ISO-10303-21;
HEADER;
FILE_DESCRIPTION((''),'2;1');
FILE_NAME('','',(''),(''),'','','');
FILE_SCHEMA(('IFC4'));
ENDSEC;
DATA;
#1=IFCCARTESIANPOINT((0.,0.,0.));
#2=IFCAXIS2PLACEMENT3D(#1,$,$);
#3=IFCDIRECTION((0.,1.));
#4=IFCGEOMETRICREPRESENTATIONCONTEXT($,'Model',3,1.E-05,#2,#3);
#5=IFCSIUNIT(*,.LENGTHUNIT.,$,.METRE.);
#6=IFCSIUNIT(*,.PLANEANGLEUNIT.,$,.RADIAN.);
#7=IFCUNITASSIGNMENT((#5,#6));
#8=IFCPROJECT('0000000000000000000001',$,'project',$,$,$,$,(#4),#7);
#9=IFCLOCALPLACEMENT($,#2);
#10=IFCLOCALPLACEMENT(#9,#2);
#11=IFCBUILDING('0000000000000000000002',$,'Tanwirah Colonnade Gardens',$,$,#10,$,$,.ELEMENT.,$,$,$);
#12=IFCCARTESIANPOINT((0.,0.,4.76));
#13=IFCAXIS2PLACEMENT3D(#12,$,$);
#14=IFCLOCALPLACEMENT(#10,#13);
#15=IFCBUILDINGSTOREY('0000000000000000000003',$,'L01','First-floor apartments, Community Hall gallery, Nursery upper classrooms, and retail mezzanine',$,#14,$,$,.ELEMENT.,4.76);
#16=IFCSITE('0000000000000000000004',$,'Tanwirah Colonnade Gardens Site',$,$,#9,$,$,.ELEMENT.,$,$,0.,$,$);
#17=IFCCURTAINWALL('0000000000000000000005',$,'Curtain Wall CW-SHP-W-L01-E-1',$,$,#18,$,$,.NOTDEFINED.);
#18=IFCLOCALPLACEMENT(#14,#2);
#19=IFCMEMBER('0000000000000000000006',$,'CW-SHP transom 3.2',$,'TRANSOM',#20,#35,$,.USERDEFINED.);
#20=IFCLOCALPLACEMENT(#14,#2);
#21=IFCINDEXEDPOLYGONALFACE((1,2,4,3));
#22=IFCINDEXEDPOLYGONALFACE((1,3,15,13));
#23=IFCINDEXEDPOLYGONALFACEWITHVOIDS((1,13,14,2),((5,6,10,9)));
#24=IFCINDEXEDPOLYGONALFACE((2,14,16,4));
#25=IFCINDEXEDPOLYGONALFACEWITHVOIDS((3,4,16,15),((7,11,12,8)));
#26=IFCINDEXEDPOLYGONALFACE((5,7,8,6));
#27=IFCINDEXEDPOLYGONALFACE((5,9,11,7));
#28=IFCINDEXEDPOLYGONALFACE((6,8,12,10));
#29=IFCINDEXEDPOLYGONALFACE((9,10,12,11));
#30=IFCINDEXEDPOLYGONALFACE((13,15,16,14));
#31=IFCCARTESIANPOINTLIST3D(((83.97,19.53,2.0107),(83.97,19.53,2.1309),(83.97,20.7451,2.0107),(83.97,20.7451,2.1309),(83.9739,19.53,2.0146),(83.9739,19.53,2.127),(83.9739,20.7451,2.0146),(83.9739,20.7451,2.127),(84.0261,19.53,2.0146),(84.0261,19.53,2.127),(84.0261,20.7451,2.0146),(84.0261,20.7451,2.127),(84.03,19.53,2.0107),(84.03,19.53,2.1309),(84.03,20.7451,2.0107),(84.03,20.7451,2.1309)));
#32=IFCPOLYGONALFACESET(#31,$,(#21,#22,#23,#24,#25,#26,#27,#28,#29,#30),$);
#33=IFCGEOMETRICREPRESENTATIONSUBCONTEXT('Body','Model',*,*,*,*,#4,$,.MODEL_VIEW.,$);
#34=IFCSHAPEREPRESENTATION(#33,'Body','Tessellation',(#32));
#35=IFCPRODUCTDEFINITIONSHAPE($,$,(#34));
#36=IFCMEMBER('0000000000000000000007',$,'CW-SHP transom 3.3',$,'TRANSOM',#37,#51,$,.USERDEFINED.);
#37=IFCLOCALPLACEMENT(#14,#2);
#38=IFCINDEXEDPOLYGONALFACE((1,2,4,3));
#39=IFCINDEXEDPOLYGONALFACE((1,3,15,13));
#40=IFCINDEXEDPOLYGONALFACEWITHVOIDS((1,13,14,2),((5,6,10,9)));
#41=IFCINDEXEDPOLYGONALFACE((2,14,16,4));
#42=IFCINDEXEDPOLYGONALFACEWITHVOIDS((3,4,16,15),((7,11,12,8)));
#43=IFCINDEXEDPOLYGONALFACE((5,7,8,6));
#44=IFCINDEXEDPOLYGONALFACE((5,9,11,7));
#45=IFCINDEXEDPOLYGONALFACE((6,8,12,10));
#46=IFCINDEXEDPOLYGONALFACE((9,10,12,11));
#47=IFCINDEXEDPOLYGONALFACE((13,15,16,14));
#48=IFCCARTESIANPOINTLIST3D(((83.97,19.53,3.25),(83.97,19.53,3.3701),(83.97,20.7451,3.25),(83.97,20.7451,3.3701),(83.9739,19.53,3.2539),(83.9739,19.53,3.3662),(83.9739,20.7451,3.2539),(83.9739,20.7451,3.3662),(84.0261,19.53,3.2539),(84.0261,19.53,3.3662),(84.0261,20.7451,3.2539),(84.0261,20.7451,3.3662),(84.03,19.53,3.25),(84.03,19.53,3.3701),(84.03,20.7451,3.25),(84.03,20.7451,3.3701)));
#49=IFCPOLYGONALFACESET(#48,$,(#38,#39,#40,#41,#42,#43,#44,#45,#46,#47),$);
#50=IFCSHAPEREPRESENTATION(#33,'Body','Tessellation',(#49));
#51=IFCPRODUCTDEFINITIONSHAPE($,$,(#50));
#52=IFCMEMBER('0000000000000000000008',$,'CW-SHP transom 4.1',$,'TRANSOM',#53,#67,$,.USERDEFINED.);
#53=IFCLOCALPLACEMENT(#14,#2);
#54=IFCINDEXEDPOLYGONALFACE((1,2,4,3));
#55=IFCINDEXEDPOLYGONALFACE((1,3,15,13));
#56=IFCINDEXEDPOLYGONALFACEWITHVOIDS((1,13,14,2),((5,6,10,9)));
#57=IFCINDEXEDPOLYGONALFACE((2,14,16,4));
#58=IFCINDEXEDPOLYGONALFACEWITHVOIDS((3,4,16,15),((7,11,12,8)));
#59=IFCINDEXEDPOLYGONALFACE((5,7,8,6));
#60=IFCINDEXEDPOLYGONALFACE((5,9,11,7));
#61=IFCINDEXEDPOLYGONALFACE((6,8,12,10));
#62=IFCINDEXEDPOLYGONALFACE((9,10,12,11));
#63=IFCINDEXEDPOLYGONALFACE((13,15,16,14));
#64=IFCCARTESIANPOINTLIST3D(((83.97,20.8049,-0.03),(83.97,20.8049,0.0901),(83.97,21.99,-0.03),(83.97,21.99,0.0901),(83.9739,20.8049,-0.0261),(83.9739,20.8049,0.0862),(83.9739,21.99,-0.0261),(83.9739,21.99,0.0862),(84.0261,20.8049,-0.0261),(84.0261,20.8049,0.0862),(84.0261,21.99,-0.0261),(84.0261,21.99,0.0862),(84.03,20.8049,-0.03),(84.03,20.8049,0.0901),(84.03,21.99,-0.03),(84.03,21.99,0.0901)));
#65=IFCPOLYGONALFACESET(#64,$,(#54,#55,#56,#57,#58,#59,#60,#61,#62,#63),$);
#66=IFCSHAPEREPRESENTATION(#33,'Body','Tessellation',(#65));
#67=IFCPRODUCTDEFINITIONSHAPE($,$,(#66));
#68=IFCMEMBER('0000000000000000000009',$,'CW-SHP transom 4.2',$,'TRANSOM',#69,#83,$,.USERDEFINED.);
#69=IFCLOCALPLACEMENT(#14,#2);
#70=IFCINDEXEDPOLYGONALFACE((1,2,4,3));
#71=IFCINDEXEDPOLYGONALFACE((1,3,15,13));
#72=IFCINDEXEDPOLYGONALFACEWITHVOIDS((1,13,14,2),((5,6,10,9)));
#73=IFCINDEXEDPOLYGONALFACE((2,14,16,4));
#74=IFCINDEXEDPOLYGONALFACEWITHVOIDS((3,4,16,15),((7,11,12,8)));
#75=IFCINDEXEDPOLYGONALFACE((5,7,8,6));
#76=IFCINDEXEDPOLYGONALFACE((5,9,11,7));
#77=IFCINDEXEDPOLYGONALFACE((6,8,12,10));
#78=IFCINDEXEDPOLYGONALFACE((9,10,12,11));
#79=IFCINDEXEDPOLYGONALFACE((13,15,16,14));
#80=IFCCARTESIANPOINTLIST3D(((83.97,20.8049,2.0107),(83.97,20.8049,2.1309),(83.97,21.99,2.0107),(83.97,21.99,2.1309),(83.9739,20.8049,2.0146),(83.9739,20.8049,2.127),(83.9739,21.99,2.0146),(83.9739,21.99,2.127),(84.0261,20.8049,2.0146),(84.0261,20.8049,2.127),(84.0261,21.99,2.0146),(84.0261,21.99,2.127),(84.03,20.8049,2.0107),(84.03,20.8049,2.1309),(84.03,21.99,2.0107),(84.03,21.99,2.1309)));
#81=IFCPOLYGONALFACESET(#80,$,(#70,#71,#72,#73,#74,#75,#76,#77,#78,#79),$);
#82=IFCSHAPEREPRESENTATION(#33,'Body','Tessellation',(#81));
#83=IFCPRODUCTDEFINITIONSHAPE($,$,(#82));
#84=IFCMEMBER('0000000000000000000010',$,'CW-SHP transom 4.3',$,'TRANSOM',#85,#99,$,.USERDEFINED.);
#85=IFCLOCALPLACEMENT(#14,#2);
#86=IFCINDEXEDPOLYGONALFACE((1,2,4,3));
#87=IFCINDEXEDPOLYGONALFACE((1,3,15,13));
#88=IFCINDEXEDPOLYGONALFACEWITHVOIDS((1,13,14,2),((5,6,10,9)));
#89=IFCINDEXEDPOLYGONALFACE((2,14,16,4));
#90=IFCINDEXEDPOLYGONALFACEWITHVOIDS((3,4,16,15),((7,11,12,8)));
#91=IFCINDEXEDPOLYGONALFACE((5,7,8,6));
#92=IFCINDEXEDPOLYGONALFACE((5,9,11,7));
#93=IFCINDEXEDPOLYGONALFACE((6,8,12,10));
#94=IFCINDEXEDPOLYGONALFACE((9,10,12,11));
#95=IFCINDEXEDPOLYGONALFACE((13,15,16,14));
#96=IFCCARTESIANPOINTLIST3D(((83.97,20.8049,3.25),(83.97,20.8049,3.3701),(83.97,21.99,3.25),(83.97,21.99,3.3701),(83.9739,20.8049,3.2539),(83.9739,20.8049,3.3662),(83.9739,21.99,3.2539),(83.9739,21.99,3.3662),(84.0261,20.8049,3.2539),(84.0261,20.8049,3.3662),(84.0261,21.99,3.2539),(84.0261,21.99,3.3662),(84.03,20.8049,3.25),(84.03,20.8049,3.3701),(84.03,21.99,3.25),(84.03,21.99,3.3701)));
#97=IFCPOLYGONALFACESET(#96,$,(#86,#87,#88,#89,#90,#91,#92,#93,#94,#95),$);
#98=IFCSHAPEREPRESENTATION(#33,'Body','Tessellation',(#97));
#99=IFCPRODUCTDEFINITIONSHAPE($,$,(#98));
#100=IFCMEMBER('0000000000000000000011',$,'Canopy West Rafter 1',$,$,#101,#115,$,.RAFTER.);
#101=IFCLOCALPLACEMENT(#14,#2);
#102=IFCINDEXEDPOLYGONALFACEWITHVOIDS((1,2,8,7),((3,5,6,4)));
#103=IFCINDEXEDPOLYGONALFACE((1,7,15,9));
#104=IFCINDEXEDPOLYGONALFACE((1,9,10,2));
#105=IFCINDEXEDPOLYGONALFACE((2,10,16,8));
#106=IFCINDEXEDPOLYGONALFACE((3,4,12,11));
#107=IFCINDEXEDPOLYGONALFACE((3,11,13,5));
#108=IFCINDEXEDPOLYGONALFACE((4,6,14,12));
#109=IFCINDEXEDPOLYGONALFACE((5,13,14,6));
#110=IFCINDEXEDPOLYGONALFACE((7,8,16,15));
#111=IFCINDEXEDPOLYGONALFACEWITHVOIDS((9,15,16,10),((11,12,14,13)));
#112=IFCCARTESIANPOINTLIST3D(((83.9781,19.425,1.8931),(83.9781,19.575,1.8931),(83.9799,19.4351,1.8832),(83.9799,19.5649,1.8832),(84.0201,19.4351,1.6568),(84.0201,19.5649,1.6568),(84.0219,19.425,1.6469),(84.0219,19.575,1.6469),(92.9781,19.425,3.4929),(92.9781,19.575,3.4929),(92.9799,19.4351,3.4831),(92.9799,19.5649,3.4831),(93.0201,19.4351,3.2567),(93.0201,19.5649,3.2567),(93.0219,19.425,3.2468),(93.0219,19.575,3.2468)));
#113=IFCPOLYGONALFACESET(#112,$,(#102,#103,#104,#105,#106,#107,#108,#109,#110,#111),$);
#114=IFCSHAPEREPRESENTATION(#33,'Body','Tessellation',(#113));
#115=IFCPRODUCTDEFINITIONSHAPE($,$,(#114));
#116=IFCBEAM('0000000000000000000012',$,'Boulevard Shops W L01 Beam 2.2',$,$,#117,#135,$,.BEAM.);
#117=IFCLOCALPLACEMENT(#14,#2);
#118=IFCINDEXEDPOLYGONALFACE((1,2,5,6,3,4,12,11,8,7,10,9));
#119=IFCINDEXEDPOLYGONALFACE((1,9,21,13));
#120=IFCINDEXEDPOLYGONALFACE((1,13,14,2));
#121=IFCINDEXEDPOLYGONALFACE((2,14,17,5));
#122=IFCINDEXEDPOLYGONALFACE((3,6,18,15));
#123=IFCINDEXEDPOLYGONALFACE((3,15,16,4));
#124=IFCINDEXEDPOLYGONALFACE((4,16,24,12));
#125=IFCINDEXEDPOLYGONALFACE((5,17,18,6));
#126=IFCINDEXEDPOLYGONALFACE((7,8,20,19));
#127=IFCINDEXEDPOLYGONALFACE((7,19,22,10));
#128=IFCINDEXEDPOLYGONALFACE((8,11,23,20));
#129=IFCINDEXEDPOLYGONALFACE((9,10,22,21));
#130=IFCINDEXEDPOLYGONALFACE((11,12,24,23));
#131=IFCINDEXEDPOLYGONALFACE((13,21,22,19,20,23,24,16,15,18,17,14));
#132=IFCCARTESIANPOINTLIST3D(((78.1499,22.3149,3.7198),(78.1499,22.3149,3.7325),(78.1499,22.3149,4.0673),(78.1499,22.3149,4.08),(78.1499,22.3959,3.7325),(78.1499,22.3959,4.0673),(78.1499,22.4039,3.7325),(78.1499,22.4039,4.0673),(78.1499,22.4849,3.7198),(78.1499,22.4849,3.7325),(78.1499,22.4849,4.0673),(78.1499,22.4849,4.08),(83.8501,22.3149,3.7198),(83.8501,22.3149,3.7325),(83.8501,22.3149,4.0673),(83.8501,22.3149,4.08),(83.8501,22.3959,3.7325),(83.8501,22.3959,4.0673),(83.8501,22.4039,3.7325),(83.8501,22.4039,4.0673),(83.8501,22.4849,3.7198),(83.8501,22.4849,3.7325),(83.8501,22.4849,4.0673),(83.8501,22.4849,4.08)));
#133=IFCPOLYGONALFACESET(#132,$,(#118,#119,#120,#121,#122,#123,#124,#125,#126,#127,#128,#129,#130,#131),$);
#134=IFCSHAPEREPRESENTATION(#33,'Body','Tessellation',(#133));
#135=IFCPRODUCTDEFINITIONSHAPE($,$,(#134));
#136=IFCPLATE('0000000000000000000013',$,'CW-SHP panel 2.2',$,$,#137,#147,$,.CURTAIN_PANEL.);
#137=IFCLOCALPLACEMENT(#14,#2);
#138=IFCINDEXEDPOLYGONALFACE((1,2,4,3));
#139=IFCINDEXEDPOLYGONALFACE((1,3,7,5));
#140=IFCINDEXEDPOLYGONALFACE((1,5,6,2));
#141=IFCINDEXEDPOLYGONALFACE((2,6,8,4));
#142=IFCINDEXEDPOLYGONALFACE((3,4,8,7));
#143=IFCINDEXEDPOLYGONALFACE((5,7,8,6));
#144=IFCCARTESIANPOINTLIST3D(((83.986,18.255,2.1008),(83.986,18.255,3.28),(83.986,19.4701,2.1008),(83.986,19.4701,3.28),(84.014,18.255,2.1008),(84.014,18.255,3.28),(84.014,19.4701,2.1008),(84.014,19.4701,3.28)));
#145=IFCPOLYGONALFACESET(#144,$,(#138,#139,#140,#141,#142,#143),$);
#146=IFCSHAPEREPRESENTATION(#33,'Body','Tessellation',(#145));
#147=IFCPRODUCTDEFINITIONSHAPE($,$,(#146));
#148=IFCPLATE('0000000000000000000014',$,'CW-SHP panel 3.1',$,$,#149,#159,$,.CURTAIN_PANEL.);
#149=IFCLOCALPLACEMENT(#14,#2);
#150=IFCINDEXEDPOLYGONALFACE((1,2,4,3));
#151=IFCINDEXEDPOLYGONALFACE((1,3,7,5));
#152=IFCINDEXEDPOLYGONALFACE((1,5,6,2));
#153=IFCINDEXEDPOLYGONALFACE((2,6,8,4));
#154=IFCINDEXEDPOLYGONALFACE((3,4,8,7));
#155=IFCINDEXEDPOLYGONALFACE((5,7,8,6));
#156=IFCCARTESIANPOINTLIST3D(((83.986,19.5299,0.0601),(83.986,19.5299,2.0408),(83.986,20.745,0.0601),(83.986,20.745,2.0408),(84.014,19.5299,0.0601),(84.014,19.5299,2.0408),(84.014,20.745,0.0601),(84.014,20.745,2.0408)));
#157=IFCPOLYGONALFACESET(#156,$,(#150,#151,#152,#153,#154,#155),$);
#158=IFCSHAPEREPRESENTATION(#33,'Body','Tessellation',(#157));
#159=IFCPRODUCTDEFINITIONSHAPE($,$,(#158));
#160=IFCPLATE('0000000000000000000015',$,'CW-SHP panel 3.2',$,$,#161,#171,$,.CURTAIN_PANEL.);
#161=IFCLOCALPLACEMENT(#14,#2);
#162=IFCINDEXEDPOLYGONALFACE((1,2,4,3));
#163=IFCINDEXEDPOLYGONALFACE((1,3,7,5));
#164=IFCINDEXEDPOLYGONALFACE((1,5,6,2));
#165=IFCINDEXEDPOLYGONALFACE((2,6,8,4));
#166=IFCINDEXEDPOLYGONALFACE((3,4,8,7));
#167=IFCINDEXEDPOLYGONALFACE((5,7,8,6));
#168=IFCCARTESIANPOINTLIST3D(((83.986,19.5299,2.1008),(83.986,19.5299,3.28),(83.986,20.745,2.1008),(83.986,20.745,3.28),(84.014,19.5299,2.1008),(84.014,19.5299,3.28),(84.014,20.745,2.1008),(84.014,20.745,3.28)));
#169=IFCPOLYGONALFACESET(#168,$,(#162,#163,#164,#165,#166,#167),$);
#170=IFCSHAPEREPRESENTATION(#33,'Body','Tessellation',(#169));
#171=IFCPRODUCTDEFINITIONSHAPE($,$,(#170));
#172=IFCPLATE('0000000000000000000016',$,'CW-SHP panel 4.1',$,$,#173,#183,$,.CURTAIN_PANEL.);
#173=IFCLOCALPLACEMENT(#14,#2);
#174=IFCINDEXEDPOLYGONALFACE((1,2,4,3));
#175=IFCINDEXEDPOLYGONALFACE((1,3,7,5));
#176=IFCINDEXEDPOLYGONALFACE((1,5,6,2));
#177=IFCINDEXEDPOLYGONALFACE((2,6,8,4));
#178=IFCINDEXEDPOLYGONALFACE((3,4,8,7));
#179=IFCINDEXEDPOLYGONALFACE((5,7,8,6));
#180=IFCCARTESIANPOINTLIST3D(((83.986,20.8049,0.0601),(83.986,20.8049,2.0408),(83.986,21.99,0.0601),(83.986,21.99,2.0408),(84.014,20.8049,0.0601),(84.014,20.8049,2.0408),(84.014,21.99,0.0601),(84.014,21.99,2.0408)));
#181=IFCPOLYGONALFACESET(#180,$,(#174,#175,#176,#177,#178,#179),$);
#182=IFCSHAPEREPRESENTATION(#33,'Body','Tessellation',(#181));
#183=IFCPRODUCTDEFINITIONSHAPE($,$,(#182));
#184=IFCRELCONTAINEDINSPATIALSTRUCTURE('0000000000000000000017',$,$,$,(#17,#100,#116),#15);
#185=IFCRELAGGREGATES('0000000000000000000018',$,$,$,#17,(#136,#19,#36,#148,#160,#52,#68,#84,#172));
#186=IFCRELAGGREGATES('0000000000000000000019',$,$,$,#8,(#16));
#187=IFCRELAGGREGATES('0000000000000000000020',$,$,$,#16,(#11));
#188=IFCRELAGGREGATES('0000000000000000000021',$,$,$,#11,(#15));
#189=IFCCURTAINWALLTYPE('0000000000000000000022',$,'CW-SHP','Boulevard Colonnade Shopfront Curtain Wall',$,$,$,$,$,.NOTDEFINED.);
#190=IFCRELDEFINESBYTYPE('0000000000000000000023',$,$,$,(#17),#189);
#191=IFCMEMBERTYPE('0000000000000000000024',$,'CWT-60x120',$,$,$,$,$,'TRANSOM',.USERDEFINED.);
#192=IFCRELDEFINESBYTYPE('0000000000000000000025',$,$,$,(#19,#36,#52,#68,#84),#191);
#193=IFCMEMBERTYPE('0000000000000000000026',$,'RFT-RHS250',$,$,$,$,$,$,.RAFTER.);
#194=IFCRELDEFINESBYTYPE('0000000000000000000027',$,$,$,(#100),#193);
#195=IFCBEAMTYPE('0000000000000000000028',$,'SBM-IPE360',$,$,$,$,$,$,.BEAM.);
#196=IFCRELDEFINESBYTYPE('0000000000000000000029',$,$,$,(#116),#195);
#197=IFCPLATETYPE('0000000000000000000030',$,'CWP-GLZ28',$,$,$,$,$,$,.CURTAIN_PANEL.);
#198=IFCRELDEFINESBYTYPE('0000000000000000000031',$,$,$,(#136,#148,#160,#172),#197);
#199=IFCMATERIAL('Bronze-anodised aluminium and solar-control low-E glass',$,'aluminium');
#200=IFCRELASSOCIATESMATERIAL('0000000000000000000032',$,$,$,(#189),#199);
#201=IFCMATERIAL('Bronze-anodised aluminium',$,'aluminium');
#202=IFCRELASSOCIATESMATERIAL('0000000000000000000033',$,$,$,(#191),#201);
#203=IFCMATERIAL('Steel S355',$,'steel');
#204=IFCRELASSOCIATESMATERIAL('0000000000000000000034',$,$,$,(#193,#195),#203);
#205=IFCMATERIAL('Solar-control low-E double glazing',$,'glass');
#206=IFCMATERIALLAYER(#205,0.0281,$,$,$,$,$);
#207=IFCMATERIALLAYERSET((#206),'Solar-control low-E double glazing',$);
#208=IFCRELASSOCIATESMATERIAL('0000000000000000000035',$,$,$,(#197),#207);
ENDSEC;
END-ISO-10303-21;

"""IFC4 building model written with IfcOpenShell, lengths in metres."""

from ifc_helpers import new_model, si_unit, direction, frame, origin, origin_2d, place, context, subcontext, project, spatial, rectangle, hollow_rectangle, i_section, extrude, material, layer, layer_set, material_profile, profile_set, type_object, element, aggregate, save


model = new_model("IFC4")

# Units and contexts
model_context = context("Model", 3, precision=1e-05, world=origin(), true_north=direction((0.0, 1.0)))
body_context = subcontext(model_context, "Body", "Model", "MODEL_VIEW")
ifc_project = project(units=[si_unit("LENGTHUNIT", "METRE"), si_unit("PLANEANGLEUNIT", "RADIAN")], contexts=[model_context])

# Site, building, storey
site_placement = place(None, origin())
site = spatial("IfcSite", under=ifc_project, at=site_placement, Name="Tanwirah Colonnade Gardens Site", CompositionType="ELEMENT", RefElevation=0.0)
building_placement = place(site_placement, origin())
building = spatial("IfcBuilding", under=site, at=building_placement, Name="Tanwirah Colonnade Gardens", CompositionType="ELEMENT")
storey_placement = place(building_placement, frame((0.0, 0.0, 4.76)))
storey = spatial("IfcBuildingStorey", under=building, at=storey_placement, Name="L01", Description="First-floor apartments, Community Hall gallery, Nursery upper classrooms, and retail mezzanine", CompositionType="ELEMENT", Elevation=4.76)

# Shared definitions
ifc_material_1 = material(Name="Steel S355", Category="steel")

# Curtain wall
ifc_material_2 = material(Name="Bronze-anodised aluminium and solar-control low-E glass", Category="aluminium")
curtain_wall_type = type_object("IfcCurtainWallType", Name="CW-SHP", Description="Boulevard Colonnade Shopfront Curtain Wall", PredefinedType="NOTDEFINED", material=ifc_material_2)
curtain_wall_1_placement = place(storey_placement, origin())
curtain_wall_1 = element("IfcCurtainWall", 1, at=curtain_wall_1_placement, inside=storey, type_object=curtain_wall_type, Name="Curtain Wall CW-SHP-W-L01-E-1", PredefinedType="NOTDEFINED")
ifc_material_3 = material(Name="Bronze-anodised aluminium", Category="aluminium")

# Members
ifc_material_profile_1 = material_profile(ifc_material_3, hollow_rectangle(XDim=0.0601, YDim=0.1201, WallThickness=0.0039, at=origin_2d()), Name="CW-TRN 60x120x4")
ifc_profile_set_1 = profile_set([ifc_material_profile_1], Name="Bronze-anodised aluminium")
member_type_1 = type_object("IfcMemberType", Name="CWT-60x120", ElementType="TRANSOM", PredefinedType="USERDEFINED", material=ifc_profile_set_1)
member_1_placement = place(storey_placement, frame((84.0, 19.53, 2.0708), z_axis=(0.0, 1.0, 0.0), x_axis=(-1.0, 0.0, 0.0)))
member_1 = element("IfcMember", 2, at=member_1_placement, type_object=member_type_1, Name="CW-SHP transom 3.2", ObjectType="TRANSOM", PredefinedType="USERDEFINED", context=body_context, shape_type="SweptSolid", body=[
    extrude(hollow_rectangle(XDim=0.0601, YDim=0.1201, WallThickness=0.0039, at=origin_2d()), origin(), (0.0, 0.0, 1.0), 1.2151),
])
member_2_placement = place(storey_placement, frame((84.0, 19.53, 3.3101), z_axis=(0.0, 1.0, 0.0), x_axis=(-1.0, 0.0, 0.0)))
member_2 = element("IfcMember", 3, at=member_2_placement, type_object=member_type_1, Name="CW-SHP transom 3.3", ObjectType="TRANSOM", PredefinedType="USERDEFINED", context=body_context, shape_type="SweptSolid", body=[
    extrude(hollow_rectangle(XDim=0.0601, YDim=0.1201, WallThickness=0.0039, at=origin_2d()), origin(), (0.0, 0.0, 1.0), 1.2151),
])
member_3_placement = place(storey_placement, frame((84.0, 20.8049, 0.03), z_axis=(0.0, 1.0, 0.0), x_axis=(-1.0, 0.0, 0.0)))
member_3 = element("IfcMember", 4, at=member_3_placement, type_object=member_type_1, Name="CW-SHP transom 4.1", ObjectType="TRANSOM", PredefinedType="USERDEFINED", context=body_context, shape_type="SweptSolid", body=[
    extrude(hollow_rectangle(XDim=0.0601, YDim=0.1201, WallThickness=0.0039, at=origin_2d()), origin(), (0.0, 0.0, 1.0), 1.1851),
])
member_4_placement = place(storey_placement, frame((84.0, 20.8049, 2.0708), z_axis=(0.0, 1.0, 0.0), x_axis=(-1.0, 0.0, 0.0)))
member_4 = element("IfcMember", 5, at=member_4_placement, type_object=member_type_1, Name="CW-SHP transom 4.2", ObjectType="TRANSOM", PredefinedType="USERDEFINED", context=body_context, shape_type="SweptSolid", body=[
    extrude(hollow_rectangle(XDim=0.0601, YDim=0.1201, WallThickness=0.0039, at=origin_2d()), origin(), (0.0, 0.0, 1.0), 1.1851),
])
member_5_placement = place(storey_placement, frame((84.0, 20.8049, 3.3101), z_axis=(0.0, 1.0, 0.0), x_axis=(-1.0, 0.0, 0.0)))
member_5 = element("IfcMember", 6, at=member_5_placement, type_object=member_type_1, Name="CW-SHP transom 4.3", ObjectType="TRANSOM", PredefinedType="USERDEFINED", context=body_context, shape_type="SweptSolid", body=[
    extrude(hollow_rectangle(XDim=0.0601, YDim=0.1201, WallThickness=0.0039, at=origin_2d()), origin(), (0.0, 0.0, 1.0), 1.1851),
])
ifc_material_profile_2 = material_profile(ifc_material_1, hollow_rectangle(XDim=0.1499, YDim=0.25, WallThickness=0.01, at=origin_2d()), Name="RHS 250x150x10")
ifc_profile_set_2 = profile_set([ifc_material_profile_2], Name="Steel S355")
member_type_2 = type_object("IfcMemberType", Name="RFT-RHS250", PredefinedType="RAFTER", material=ifc_profile_set_2)
member_6_placement = place(storey_placement, frame((84.0, 19.5, 1.77), z_axis=(0.984565, 0.0, 0.175018), x_axis=(0.0, 1.0, 0.0)))
element("IfcMember", 7, at=member_6_placement, inside=storey, type_object=member_type_2, Name="Canopy West Rafter 1", PredefinedType="RAFTER", context=body_context, shape_type="SweptSolid", body=[
    extrude(hollow_rectangle(XDim=0.1499, YDim=0.25, WallThickness=0.01, at=origin_2d()), origin(), (0.0, 0.0, 1.0), 9.1411),
])

# Beam
ifc_material_profile_3 = material_profile(ifc_material_1, i_section(OverallWidth=0.1699, OverallDepth=0.3601, WebThickness=0.0081, FlangeThickness=0.0127, at=origin_2d()), Name="IPE 360")
ifc_profile_set_3 = profile_set([ifc_material_profile_3], Name="Steel S355")
beam_type = type_object("IfcBeamType", Name="SBM-IPE360", PredefinedType="BEAM", material=ifc_profile_set_3)
beam_placement = place(storey_placement, frame((78.1499, 22.3999, 3.8999), z_axis=(1.0, 0.0, 0.0), x_axis=(0.0, 1.0, 0.0)))
element("IfcBeam", 8, at=beam_placement, inside=storey, type_object=beam_type, Name="Boulevard Shops W L01 Beam 2.2", PredefinedType="BEAM", context=body_context, shape_type="SweptSolid", body=[
    extrude(i_section(OverallWidth=0.1699, OverallDepth=0.3601, WebThickness=0.0081, FlangeThickness=0.0127, at=origin_2d()), origin(), (0.0, 0.0, 1.0), 5.7002),
])

# Plates
ifc_material_4 = material(Name="Solar-control low-E double glazing", Category="glass")
ifc_layer_1 = layer(ifc_material_4, 0.0281)
ifc_layer_set_1 = layer_set([ifc_layer_1], Name="Solar-control low-E double glazing")
plate_type_1 = type_object("IfcPlateType", Name="CWP-GLZ28", PredefinedType="CURTAIN_PANEL", material=ifc_layer_set_1)
plate_1_placement = place(storey_placement, frame((84.0, 18.8625, 2.1008), z_axis=(0.0, 0.0, 1.0), x_axis=(0.0, 1.0, 0.0)))
plate_1 = element("IfcPlate", 9, at=plate_1_placement, type_object=plate_type_1, Name="CW-SHP panel 2.2", PredefinedType="CURTAIN_PANEL", context=body_context, shape_type="SweptSolid", body=[
    extrude(rectangle(XDim=1.2151, YDim=0.0281, at=origin_2d()), origin(), (0.0, 0.0, 1.0), 1.1792),
])
plate_2_placement = place(storey_placement, frame((84.0, 20.1375, 0.0601), z_axis=(0.0, 0.0, 1.0), x_axis=(0.0, 1.0, 0.0)))
plate_2 = element("IfcPlate", 10, at=plate_2_placement, type_object=plate_type_1, Name="CW-SHP panel 3.1", PredefinedType="CURTAIN_PANEL", context=body_context, shape_type="SweptSolid", body=[
    extrude(rectangle(XDim=1.2151, YDim=0.0281, at=origin_2d()), origin(), (0.0, 0.0, 1.0), 1.9807),
])
plate_3_placement = place(storey_placement, frame((84.0, 20.1375, 2.1008), z_axis=(0.0, 0.0, 1.0), x_axis=(0.0, 1.0, 0.0)))
plate_3 = element("IfcPlate", 11, at=plate_3_placement, type_object=plate_type_1, Name="CW-SHP panel 3.2", PredefinedType="CURTAIN_PANEL", context=body_context, shape_type="SweptSolid", body=[
    extrude(rectangle(XDim=1.2151, YDim=0.0281, at=origin_2d()), origin(), (0.0, 0.0, 1.0), 1.1792),
])
plate_4_placement = place(storey_placement, frame((84.0, 21.3975, 0.0601), z_axis=(0.0, 0.0, 1.0), x_axis=(0.0, 1.0, 0.0)))
plate_4 = element("IfcPlate", 12, at=plate_4_placement, type_object=plate_type_1, Name="CW-SHP panel 4.1", PredefinedType="CURTAIN_PANEL", context=body_context, shape_type="SweptSolid", body=[
    extrude(rectangle(XDim=1.1851, YDim=0.0281, at=origin_2d()), origin(), (0.0, 0.0, 1.0), 1.9807),
])
aggregate(curtain_wall_1, [plate_1, member_1, member_2, plate_2, plate_3, member_3, member_4, member_5, plate_4])

save(model, "model.ifc")
